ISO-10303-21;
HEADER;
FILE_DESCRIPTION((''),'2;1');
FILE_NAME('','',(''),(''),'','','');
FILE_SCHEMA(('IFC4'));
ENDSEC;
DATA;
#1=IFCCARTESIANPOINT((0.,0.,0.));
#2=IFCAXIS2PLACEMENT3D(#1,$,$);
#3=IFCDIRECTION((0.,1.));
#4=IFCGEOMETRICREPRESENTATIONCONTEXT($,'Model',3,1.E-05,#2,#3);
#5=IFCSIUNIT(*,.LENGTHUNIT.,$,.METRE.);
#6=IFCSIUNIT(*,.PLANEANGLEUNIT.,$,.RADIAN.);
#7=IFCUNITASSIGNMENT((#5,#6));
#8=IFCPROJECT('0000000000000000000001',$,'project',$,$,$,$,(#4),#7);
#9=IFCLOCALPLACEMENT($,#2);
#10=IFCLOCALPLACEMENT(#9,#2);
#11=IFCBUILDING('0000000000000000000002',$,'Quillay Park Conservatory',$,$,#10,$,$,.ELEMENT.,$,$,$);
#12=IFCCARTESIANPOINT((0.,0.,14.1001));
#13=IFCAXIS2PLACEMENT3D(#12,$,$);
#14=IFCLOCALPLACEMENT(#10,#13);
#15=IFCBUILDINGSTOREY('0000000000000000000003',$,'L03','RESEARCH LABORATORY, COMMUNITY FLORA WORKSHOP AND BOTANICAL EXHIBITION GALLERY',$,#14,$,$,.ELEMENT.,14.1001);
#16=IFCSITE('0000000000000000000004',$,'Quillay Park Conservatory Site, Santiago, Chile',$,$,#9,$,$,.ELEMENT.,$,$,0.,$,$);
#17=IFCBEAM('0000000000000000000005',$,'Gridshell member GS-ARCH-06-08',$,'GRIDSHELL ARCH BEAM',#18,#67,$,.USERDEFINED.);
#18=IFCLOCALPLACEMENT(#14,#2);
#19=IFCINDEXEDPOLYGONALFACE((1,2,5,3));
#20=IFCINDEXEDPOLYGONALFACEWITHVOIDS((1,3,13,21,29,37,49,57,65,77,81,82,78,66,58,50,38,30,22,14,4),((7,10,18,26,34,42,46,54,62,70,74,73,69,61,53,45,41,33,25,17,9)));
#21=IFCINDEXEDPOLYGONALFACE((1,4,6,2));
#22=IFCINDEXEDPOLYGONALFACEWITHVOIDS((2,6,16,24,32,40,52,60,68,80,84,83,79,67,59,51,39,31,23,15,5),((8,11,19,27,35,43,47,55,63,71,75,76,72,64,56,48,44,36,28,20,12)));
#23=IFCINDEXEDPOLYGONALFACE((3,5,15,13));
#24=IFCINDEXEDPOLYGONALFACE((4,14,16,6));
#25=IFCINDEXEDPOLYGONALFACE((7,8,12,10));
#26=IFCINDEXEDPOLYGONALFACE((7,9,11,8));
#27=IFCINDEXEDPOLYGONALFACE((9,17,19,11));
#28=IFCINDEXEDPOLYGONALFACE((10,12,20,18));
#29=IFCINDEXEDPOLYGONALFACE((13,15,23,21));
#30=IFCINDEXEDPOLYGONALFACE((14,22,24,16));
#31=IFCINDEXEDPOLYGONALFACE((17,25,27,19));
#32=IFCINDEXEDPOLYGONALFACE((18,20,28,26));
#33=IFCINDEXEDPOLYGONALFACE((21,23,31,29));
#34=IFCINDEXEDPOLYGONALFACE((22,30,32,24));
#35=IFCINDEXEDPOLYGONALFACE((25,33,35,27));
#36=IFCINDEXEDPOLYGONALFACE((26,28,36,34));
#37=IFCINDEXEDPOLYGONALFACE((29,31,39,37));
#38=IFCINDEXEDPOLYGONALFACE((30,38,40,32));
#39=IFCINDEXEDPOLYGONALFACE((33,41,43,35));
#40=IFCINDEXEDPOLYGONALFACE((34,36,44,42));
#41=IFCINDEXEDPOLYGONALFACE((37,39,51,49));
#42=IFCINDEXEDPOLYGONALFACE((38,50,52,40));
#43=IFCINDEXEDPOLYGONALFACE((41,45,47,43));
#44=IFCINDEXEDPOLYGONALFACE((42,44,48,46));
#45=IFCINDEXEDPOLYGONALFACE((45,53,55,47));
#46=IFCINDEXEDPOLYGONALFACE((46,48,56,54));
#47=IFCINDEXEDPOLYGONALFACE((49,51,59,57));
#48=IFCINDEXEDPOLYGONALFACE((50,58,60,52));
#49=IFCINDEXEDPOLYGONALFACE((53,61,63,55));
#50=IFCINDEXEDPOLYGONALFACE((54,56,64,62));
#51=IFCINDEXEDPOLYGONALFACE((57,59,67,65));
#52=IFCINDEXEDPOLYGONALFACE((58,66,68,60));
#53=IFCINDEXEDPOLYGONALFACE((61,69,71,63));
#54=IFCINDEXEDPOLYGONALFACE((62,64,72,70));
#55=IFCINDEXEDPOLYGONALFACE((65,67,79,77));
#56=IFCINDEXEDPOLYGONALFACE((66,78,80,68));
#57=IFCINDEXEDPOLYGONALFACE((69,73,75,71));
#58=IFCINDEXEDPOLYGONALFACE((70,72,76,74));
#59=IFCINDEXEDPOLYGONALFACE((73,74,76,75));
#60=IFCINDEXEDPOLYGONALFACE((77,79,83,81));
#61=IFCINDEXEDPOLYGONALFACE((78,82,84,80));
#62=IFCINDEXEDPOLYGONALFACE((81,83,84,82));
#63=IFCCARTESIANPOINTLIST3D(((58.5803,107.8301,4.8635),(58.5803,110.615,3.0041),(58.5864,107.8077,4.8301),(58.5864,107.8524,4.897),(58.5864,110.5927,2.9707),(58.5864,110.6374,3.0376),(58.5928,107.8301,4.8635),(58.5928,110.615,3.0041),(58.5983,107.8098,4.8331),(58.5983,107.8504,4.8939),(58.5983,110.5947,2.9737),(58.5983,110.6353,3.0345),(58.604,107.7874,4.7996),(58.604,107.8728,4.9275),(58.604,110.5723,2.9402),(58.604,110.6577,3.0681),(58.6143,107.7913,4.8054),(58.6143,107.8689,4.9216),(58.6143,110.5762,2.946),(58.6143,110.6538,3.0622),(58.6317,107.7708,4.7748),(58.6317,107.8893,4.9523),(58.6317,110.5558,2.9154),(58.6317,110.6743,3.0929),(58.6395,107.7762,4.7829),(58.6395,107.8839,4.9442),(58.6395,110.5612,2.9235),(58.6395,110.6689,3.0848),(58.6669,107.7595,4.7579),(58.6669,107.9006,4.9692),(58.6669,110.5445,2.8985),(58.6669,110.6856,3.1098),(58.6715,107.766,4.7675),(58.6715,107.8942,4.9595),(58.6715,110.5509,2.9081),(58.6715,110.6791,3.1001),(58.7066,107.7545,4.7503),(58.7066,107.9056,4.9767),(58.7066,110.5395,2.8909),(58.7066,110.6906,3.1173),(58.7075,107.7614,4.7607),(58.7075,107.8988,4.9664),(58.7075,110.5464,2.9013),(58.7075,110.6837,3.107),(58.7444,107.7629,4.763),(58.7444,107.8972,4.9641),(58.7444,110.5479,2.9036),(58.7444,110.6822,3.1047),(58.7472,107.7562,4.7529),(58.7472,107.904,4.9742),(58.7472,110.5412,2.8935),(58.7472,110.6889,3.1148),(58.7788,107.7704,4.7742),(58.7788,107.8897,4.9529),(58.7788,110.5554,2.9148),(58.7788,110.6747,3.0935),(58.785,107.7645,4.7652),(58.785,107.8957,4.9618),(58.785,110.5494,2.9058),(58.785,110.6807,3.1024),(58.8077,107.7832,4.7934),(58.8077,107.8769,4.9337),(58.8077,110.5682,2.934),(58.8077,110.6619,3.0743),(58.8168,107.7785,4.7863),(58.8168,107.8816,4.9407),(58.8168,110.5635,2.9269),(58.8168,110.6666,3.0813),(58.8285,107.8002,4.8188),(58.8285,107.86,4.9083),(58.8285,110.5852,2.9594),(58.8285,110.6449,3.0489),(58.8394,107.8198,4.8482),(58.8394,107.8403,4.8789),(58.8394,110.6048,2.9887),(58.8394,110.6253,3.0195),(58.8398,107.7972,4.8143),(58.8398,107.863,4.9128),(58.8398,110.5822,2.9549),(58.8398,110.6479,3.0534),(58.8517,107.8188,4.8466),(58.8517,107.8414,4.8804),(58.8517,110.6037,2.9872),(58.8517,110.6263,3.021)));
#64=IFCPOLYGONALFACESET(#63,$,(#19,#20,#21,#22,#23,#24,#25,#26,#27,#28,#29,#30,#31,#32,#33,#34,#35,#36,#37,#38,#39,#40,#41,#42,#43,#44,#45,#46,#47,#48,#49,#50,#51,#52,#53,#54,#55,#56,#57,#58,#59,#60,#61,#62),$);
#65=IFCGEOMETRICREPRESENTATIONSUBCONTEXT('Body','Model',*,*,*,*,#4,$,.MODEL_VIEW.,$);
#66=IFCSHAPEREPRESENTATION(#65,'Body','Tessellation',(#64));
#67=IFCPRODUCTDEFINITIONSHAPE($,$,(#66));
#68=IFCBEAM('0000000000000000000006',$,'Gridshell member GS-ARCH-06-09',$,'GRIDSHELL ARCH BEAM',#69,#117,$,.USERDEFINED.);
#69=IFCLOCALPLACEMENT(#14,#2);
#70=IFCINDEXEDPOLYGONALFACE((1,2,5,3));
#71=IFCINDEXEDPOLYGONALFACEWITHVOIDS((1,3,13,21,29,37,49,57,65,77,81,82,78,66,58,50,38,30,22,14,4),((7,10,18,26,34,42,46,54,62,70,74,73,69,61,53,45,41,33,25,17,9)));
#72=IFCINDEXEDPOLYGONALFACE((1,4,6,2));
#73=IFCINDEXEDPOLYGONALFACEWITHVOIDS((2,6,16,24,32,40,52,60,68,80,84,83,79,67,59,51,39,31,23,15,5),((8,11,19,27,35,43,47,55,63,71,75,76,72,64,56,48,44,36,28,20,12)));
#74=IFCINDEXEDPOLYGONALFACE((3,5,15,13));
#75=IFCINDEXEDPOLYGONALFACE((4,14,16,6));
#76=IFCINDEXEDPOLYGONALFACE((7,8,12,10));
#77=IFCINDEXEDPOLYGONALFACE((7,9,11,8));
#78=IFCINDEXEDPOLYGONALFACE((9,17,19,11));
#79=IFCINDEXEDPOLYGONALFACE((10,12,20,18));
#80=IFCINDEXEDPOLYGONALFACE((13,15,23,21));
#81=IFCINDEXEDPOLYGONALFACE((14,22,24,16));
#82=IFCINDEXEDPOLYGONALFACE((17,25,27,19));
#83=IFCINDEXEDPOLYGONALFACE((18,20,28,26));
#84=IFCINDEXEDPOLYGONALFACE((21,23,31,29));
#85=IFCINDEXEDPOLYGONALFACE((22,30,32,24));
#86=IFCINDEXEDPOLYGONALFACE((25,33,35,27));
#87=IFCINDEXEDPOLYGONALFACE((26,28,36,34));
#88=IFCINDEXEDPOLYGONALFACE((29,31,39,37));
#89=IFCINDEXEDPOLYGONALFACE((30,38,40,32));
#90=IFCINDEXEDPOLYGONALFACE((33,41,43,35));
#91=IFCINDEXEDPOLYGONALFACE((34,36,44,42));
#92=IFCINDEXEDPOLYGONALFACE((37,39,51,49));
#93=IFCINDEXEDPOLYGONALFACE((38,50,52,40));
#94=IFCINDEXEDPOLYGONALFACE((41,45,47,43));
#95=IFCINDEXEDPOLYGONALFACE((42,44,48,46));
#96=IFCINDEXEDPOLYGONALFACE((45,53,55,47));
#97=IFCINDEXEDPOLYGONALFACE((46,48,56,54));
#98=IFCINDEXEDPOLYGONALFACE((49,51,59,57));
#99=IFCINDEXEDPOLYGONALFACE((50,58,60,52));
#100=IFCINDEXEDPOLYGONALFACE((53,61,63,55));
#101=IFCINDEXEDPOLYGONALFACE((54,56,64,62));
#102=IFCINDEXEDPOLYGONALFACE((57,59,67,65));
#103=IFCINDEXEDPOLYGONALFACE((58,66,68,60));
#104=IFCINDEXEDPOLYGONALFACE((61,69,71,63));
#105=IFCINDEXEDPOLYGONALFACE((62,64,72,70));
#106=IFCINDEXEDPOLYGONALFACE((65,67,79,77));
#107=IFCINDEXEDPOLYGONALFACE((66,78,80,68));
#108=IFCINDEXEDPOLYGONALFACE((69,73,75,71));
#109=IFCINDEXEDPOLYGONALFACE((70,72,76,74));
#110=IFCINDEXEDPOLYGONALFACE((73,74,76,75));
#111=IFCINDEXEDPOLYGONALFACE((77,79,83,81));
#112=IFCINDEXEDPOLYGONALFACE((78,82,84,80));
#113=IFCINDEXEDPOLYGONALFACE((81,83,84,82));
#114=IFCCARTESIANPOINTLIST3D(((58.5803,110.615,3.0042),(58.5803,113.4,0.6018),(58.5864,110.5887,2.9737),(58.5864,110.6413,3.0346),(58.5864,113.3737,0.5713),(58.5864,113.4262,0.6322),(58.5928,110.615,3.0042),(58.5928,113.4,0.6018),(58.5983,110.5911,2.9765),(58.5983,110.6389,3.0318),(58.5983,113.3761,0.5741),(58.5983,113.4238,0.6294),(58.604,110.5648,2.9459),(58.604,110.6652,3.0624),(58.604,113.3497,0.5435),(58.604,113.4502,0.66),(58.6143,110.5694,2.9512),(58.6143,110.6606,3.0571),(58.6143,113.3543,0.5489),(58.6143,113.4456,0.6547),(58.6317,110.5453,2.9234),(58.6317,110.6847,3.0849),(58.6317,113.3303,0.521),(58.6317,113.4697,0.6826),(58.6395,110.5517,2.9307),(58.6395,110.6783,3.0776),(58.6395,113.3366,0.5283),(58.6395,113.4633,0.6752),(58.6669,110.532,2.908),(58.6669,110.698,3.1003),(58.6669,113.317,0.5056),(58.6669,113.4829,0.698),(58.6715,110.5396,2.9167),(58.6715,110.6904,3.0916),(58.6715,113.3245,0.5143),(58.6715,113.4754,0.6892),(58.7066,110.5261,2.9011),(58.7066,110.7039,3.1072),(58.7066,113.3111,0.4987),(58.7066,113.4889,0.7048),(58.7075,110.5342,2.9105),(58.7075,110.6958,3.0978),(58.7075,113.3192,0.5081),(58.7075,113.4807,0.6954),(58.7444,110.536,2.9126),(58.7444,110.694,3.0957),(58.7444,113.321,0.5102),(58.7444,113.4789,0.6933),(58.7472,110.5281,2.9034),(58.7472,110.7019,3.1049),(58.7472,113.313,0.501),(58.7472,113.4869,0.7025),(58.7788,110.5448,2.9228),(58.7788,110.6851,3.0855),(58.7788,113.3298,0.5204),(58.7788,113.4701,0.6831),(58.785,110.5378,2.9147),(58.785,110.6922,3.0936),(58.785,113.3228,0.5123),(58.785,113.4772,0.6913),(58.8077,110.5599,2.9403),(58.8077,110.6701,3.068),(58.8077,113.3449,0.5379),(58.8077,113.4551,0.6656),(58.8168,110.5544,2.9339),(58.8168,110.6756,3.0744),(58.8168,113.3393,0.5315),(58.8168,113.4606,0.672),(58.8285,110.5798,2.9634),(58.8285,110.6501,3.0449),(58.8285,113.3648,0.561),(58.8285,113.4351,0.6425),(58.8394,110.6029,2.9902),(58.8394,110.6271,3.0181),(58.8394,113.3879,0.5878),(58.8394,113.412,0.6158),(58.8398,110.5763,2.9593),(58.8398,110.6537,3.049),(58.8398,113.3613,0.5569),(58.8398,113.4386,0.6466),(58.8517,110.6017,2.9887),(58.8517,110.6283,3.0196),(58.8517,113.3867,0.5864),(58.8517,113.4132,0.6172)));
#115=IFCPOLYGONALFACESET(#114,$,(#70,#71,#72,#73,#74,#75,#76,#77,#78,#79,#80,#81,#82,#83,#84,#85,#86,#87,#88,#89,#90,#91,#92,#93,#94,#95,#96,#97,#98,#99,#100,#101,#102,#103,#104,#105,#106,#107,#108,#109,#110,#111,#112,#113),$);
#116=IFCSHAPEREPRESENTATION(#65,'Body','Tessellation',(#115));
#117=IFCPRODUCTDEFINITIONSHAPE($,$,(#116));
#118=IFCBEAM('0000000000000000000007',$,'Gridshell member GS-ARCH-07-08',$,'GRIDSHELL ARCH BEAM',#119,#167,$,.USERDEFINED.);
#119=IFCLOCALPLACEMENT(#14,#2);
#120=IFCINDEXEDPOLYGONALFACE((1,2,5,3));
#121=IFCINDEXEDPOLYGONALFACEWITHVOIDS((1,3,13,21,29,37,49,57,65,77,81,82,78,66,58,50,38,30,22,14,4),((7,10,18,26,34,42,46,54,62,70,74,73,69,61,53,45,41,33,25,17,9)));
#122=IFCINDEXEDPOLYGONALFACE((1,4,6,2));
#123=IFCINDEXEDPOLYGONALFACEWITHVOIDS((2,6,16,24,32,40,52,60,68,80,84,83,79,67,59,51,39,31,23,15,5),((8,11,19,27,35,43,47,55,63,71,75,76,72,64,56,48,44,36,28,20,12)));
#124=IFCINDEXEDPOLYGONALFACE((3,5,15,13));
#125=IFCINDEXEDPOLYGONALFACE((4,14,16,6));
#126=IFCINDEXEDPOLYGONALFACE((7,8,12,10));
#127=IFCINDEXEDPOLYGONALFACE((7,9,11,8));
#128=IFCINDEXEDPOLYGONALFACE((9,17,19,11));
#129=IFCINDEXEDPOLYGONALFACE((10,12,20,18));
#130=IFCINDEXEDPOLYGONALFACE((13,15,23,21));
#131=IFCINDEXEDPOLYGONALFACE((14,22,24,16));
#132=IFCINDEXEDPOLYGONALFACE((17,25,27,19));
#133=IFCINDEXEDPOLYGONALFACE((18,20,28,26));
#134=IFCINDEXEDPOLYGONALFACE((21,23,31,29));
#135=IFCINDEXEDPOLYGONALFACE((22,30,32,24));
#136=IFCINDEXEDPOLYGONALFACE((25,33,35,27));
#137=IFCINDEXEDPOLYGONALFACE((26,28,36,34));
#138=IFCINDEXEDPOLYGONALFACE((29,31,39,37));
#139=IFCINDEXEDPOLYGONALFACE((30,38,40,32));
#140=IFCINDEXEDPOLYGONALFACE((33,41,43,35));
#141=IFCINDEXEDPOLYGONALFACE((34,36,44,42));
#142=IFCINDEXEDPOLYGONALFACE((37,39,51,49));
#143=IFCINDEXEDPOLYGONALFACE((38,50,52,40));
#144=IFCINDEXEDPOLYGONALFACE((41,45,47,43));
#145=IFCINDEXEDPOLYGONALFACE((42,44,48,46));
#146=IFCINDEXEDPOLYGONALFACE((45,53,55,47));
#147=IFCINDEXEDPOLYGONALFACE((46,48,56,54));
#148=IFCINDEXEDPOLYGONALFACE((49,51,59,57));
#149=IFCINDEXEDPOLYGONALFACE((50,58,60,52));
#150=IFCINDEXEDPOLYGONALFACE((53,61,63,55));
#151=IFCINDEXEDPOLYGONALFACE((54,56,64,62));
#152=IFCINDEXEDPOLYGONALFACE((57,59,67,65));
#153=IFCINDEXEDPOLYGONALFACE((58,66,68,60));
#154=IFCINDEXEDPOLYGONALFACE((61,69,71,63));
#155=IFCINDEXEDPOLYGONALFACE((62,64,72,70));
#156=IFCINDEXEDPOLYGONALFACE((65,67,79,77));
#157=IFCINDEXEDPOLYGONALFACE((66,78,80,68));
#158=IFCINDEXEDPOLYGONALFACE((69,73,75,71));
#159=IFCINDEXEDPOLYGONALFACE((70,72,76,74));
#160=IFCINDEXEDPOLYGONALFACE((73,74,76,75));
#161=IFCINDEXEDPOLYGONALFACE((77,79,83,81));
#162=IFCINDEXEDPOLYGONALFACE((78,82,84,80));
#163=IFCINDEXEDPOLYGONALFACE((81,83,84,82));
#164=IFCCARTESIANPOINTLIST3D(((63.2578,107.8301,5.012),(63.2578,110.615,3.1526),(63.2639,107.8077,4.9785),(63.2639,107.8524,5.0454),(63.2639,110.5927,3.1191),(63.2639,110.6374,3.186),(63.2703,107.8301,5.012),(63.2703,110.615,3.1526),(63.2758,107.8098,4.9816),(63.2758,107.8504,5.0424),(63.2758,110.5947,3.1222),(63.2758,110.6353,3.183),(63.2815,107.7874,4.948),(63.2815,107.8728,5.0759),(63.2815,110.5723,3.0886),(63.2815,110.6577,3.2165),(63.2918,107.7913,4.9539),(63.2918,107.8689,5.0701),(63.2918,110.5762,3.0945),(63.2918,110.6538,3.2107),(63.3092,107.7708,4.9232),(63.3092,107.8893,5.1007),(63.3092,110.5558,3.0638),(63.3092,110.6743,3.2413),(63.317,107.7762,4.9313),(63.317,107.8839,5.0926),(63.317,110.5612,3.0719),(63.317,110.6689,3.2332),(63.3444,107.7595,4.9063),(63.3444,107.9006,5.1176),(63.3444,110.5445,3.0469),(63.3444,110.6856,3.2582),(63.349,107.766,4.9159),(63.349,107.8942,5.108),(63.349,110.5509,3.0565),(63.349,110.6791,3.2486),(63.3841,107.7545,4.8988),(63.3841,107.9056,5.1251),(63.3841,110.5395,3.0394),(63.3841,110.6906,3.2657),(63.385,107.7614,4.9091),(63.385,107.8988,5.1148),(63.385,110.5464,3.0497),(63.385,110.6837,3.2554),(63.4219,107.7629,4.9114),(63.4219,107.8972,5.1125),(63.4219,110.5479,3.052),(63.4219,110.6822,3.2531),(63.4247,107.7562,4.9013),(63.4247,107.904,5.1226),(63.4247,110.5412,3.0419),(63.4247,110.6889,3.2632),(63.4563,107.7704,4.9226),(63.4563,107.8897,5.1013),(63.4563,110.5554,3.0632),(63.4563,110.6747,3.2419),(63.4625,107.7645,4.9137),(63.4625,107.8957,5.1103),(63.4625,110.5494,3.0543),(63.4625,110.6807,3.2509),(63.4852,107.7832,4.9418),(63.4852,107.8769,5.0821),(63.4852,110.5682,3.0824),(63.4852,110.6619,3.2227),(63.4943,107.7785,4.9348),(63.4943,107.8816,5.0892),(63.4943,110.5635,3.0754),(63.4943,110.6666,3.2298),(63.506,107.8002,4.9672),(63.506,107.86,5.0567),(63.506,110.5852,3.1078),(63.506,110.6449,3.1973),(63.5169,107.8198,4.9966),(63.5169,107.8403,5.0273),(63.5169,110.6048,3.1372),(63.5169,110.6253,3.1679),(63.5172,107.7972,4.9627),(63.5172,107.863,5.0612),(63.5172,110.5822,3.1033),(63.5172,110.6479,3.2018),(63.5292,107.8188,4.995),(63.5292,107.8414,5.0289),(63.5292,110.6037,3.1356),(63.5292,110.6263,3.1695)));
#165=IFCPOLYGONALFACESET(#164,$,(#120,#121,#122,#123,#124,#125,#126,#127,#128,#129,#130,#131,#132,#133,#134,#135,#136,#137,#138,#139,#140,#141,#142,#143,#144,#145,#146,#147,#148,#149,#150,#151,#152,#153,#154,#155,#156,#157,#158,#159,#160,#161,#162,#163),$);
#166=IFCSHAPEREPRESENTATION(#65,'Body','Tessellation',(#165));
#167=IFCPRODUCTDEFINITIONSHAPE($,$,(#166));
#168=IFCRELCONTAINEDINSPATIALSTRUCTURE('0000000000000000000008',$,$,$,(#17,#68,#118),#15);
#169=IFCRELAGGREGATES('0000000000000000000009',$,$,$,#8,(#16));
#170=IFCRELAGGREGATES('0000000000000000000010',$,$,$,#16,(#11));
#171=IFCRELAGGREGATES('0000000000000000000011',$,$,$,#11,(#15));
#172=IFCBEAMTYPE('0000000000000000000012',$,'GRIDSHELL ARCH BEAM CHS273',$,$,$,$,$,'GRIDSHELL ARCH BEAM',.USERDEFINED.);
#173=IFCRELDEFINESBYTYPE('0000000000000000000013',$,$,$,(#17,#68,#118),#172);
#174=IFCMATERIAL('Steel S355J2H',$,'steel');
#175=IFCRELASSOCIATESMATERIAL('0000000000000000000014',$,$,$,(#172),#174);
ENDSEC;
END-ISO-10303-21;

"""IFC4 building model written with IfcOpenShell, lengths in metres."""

from ifc_helpers import new_model, si_unit, direction, frame, origin, origin_2d, place, context, subcontext, project, spatial, hollow_circle, extrude, material, material_profile, profile_set, type_object, element, save


model = new_model("IFC4")

# Units and contexts
model_context = context("Model", 3, precision=1e-05, world=origin(), true_north=direction((0.0, 1.0)))
body_context = subcontext(model_context, "Body", "Model", "MODEL_VIEW")
ifc_project = project(units=[si_unit("LENGTHUNIT", "METRE"), si_unit("PLANEANGLEUNIT", "RADIAN")], contexts=[model_context])

# Site, building, storey
site_placement = place(None, origin())
site = spatial("IfcSite", under=ifc_project, at=site_placement, Name="Quillay Park Conservatory Site, Santiago, Chile", CompositionType="ELEMENT", RefElevation=0.0)
building_placement = place(site_placement, origin())
building = spatial("IfcBuilding", under=site, at=building_placement, Name="Quillay Park Conservatory", CompositionType="ELEMENT")
storey_placement = place(building_placement, frame((0.0, 0.0, 14.1001)))
storey = spatial("IfcBuildingStorey", under=building, at=storey_placement, Name="L03", Description="RESEARCH LABORATORY, COMMUNITY FLORA WORKSHOP AND BOTANICAL EXHIBITION GALLERY", CompositionType="ELEMENT", Elevation=14.1001)

# Beams
ifc_material_1 = material(Name="Steel S355J2H", Category="steel")
ifc_material_profile_1 = material_profile(ifc_material_1, hollow_circle(Radius=0.1365, WallThickness=0.0125, at=origin_2d()), Name="CHS273x12.5")
ifc_profile_set_1 = profile_set([ifc_material_profile_1], Name="Steel S355J2H")
beam_type = type_object("IfcBeamType", Name="GRIDSHELL ARCH BEAM CHS273", ElementType="GRIDSHELL ARCH BEAM", PredefinedType="USERDEFINED", material=ifc_profile_set_1)
beam_1_placement = place(storey_placement, frame((58.7168, 107.8301, 4.8635), z_axis=(0.0, 0.831669, -0.555272), x_axis=(-1.0, 0.0, 0.0)))
element("IfcBeam", 1, at=beam_1_placement, inside=storey, type_object=beam_type, Name="Gridshell member GS-ARCH-06-08", ObjectType="GRIDSHELL ARCH BEAM", PredefinedType="USERDEFINED", context=body_context, shape_type="SweptSolid", body=[
    extrude(hollow_circle(Radius=0.1365, WallThickness=0.0125, at=origin_2d()), origin(), (0.0, 0.0, 1.0), 3.3486),
])
beam_2_placement = place(storey_placement, frame((58.7168, 110.615, 3.0042), z_axis=(0.0, 0.757201, -0.653183), x_axis=(-1.0, 0.0, 0.0)))
element("IfcBeam", 2, at=beam_2_placement, inside=storey, type_object=beam_type, Name="Gridshell member GS-ARCH-06-09", ObjectType="GRIDSHELL ARCH BEAM", PredefinedType="USERDEFINED", context=body_context, shape_type="SweptSolid", body=[
    extrude(hollow_circle(Radius=0.1365, WallThickness=0.0125, at=origin_2d()), origin(), (0.0, 0.0, 1.0), 3.678),
])
beam_3_placement = place(storey_placement, frame((63.3943, 107.8301, 5.012), z_axis=(0.0, 0.831669, -0.555272), x_axis=(-1.0, 0.0, 0.0)))
element("IfcBeam", 3, at=beam_3_placement, inside=storey, type_object=beam_type, Name="Gridshell member GS-ARCH-07-08", ObjectType="GRIDSHELL ARCH BEAM", PredefinedType="USERDEFINED", context=body_context, shape_type="SweptSolid", body=[
    extrude(hollow_circle(Radius=0.1365, WallThickness=0.0125, at=origin_2d()), origin(), (0.0, 0.0, 1.0), 3.3486),
])

save(model, "model.ifc")
